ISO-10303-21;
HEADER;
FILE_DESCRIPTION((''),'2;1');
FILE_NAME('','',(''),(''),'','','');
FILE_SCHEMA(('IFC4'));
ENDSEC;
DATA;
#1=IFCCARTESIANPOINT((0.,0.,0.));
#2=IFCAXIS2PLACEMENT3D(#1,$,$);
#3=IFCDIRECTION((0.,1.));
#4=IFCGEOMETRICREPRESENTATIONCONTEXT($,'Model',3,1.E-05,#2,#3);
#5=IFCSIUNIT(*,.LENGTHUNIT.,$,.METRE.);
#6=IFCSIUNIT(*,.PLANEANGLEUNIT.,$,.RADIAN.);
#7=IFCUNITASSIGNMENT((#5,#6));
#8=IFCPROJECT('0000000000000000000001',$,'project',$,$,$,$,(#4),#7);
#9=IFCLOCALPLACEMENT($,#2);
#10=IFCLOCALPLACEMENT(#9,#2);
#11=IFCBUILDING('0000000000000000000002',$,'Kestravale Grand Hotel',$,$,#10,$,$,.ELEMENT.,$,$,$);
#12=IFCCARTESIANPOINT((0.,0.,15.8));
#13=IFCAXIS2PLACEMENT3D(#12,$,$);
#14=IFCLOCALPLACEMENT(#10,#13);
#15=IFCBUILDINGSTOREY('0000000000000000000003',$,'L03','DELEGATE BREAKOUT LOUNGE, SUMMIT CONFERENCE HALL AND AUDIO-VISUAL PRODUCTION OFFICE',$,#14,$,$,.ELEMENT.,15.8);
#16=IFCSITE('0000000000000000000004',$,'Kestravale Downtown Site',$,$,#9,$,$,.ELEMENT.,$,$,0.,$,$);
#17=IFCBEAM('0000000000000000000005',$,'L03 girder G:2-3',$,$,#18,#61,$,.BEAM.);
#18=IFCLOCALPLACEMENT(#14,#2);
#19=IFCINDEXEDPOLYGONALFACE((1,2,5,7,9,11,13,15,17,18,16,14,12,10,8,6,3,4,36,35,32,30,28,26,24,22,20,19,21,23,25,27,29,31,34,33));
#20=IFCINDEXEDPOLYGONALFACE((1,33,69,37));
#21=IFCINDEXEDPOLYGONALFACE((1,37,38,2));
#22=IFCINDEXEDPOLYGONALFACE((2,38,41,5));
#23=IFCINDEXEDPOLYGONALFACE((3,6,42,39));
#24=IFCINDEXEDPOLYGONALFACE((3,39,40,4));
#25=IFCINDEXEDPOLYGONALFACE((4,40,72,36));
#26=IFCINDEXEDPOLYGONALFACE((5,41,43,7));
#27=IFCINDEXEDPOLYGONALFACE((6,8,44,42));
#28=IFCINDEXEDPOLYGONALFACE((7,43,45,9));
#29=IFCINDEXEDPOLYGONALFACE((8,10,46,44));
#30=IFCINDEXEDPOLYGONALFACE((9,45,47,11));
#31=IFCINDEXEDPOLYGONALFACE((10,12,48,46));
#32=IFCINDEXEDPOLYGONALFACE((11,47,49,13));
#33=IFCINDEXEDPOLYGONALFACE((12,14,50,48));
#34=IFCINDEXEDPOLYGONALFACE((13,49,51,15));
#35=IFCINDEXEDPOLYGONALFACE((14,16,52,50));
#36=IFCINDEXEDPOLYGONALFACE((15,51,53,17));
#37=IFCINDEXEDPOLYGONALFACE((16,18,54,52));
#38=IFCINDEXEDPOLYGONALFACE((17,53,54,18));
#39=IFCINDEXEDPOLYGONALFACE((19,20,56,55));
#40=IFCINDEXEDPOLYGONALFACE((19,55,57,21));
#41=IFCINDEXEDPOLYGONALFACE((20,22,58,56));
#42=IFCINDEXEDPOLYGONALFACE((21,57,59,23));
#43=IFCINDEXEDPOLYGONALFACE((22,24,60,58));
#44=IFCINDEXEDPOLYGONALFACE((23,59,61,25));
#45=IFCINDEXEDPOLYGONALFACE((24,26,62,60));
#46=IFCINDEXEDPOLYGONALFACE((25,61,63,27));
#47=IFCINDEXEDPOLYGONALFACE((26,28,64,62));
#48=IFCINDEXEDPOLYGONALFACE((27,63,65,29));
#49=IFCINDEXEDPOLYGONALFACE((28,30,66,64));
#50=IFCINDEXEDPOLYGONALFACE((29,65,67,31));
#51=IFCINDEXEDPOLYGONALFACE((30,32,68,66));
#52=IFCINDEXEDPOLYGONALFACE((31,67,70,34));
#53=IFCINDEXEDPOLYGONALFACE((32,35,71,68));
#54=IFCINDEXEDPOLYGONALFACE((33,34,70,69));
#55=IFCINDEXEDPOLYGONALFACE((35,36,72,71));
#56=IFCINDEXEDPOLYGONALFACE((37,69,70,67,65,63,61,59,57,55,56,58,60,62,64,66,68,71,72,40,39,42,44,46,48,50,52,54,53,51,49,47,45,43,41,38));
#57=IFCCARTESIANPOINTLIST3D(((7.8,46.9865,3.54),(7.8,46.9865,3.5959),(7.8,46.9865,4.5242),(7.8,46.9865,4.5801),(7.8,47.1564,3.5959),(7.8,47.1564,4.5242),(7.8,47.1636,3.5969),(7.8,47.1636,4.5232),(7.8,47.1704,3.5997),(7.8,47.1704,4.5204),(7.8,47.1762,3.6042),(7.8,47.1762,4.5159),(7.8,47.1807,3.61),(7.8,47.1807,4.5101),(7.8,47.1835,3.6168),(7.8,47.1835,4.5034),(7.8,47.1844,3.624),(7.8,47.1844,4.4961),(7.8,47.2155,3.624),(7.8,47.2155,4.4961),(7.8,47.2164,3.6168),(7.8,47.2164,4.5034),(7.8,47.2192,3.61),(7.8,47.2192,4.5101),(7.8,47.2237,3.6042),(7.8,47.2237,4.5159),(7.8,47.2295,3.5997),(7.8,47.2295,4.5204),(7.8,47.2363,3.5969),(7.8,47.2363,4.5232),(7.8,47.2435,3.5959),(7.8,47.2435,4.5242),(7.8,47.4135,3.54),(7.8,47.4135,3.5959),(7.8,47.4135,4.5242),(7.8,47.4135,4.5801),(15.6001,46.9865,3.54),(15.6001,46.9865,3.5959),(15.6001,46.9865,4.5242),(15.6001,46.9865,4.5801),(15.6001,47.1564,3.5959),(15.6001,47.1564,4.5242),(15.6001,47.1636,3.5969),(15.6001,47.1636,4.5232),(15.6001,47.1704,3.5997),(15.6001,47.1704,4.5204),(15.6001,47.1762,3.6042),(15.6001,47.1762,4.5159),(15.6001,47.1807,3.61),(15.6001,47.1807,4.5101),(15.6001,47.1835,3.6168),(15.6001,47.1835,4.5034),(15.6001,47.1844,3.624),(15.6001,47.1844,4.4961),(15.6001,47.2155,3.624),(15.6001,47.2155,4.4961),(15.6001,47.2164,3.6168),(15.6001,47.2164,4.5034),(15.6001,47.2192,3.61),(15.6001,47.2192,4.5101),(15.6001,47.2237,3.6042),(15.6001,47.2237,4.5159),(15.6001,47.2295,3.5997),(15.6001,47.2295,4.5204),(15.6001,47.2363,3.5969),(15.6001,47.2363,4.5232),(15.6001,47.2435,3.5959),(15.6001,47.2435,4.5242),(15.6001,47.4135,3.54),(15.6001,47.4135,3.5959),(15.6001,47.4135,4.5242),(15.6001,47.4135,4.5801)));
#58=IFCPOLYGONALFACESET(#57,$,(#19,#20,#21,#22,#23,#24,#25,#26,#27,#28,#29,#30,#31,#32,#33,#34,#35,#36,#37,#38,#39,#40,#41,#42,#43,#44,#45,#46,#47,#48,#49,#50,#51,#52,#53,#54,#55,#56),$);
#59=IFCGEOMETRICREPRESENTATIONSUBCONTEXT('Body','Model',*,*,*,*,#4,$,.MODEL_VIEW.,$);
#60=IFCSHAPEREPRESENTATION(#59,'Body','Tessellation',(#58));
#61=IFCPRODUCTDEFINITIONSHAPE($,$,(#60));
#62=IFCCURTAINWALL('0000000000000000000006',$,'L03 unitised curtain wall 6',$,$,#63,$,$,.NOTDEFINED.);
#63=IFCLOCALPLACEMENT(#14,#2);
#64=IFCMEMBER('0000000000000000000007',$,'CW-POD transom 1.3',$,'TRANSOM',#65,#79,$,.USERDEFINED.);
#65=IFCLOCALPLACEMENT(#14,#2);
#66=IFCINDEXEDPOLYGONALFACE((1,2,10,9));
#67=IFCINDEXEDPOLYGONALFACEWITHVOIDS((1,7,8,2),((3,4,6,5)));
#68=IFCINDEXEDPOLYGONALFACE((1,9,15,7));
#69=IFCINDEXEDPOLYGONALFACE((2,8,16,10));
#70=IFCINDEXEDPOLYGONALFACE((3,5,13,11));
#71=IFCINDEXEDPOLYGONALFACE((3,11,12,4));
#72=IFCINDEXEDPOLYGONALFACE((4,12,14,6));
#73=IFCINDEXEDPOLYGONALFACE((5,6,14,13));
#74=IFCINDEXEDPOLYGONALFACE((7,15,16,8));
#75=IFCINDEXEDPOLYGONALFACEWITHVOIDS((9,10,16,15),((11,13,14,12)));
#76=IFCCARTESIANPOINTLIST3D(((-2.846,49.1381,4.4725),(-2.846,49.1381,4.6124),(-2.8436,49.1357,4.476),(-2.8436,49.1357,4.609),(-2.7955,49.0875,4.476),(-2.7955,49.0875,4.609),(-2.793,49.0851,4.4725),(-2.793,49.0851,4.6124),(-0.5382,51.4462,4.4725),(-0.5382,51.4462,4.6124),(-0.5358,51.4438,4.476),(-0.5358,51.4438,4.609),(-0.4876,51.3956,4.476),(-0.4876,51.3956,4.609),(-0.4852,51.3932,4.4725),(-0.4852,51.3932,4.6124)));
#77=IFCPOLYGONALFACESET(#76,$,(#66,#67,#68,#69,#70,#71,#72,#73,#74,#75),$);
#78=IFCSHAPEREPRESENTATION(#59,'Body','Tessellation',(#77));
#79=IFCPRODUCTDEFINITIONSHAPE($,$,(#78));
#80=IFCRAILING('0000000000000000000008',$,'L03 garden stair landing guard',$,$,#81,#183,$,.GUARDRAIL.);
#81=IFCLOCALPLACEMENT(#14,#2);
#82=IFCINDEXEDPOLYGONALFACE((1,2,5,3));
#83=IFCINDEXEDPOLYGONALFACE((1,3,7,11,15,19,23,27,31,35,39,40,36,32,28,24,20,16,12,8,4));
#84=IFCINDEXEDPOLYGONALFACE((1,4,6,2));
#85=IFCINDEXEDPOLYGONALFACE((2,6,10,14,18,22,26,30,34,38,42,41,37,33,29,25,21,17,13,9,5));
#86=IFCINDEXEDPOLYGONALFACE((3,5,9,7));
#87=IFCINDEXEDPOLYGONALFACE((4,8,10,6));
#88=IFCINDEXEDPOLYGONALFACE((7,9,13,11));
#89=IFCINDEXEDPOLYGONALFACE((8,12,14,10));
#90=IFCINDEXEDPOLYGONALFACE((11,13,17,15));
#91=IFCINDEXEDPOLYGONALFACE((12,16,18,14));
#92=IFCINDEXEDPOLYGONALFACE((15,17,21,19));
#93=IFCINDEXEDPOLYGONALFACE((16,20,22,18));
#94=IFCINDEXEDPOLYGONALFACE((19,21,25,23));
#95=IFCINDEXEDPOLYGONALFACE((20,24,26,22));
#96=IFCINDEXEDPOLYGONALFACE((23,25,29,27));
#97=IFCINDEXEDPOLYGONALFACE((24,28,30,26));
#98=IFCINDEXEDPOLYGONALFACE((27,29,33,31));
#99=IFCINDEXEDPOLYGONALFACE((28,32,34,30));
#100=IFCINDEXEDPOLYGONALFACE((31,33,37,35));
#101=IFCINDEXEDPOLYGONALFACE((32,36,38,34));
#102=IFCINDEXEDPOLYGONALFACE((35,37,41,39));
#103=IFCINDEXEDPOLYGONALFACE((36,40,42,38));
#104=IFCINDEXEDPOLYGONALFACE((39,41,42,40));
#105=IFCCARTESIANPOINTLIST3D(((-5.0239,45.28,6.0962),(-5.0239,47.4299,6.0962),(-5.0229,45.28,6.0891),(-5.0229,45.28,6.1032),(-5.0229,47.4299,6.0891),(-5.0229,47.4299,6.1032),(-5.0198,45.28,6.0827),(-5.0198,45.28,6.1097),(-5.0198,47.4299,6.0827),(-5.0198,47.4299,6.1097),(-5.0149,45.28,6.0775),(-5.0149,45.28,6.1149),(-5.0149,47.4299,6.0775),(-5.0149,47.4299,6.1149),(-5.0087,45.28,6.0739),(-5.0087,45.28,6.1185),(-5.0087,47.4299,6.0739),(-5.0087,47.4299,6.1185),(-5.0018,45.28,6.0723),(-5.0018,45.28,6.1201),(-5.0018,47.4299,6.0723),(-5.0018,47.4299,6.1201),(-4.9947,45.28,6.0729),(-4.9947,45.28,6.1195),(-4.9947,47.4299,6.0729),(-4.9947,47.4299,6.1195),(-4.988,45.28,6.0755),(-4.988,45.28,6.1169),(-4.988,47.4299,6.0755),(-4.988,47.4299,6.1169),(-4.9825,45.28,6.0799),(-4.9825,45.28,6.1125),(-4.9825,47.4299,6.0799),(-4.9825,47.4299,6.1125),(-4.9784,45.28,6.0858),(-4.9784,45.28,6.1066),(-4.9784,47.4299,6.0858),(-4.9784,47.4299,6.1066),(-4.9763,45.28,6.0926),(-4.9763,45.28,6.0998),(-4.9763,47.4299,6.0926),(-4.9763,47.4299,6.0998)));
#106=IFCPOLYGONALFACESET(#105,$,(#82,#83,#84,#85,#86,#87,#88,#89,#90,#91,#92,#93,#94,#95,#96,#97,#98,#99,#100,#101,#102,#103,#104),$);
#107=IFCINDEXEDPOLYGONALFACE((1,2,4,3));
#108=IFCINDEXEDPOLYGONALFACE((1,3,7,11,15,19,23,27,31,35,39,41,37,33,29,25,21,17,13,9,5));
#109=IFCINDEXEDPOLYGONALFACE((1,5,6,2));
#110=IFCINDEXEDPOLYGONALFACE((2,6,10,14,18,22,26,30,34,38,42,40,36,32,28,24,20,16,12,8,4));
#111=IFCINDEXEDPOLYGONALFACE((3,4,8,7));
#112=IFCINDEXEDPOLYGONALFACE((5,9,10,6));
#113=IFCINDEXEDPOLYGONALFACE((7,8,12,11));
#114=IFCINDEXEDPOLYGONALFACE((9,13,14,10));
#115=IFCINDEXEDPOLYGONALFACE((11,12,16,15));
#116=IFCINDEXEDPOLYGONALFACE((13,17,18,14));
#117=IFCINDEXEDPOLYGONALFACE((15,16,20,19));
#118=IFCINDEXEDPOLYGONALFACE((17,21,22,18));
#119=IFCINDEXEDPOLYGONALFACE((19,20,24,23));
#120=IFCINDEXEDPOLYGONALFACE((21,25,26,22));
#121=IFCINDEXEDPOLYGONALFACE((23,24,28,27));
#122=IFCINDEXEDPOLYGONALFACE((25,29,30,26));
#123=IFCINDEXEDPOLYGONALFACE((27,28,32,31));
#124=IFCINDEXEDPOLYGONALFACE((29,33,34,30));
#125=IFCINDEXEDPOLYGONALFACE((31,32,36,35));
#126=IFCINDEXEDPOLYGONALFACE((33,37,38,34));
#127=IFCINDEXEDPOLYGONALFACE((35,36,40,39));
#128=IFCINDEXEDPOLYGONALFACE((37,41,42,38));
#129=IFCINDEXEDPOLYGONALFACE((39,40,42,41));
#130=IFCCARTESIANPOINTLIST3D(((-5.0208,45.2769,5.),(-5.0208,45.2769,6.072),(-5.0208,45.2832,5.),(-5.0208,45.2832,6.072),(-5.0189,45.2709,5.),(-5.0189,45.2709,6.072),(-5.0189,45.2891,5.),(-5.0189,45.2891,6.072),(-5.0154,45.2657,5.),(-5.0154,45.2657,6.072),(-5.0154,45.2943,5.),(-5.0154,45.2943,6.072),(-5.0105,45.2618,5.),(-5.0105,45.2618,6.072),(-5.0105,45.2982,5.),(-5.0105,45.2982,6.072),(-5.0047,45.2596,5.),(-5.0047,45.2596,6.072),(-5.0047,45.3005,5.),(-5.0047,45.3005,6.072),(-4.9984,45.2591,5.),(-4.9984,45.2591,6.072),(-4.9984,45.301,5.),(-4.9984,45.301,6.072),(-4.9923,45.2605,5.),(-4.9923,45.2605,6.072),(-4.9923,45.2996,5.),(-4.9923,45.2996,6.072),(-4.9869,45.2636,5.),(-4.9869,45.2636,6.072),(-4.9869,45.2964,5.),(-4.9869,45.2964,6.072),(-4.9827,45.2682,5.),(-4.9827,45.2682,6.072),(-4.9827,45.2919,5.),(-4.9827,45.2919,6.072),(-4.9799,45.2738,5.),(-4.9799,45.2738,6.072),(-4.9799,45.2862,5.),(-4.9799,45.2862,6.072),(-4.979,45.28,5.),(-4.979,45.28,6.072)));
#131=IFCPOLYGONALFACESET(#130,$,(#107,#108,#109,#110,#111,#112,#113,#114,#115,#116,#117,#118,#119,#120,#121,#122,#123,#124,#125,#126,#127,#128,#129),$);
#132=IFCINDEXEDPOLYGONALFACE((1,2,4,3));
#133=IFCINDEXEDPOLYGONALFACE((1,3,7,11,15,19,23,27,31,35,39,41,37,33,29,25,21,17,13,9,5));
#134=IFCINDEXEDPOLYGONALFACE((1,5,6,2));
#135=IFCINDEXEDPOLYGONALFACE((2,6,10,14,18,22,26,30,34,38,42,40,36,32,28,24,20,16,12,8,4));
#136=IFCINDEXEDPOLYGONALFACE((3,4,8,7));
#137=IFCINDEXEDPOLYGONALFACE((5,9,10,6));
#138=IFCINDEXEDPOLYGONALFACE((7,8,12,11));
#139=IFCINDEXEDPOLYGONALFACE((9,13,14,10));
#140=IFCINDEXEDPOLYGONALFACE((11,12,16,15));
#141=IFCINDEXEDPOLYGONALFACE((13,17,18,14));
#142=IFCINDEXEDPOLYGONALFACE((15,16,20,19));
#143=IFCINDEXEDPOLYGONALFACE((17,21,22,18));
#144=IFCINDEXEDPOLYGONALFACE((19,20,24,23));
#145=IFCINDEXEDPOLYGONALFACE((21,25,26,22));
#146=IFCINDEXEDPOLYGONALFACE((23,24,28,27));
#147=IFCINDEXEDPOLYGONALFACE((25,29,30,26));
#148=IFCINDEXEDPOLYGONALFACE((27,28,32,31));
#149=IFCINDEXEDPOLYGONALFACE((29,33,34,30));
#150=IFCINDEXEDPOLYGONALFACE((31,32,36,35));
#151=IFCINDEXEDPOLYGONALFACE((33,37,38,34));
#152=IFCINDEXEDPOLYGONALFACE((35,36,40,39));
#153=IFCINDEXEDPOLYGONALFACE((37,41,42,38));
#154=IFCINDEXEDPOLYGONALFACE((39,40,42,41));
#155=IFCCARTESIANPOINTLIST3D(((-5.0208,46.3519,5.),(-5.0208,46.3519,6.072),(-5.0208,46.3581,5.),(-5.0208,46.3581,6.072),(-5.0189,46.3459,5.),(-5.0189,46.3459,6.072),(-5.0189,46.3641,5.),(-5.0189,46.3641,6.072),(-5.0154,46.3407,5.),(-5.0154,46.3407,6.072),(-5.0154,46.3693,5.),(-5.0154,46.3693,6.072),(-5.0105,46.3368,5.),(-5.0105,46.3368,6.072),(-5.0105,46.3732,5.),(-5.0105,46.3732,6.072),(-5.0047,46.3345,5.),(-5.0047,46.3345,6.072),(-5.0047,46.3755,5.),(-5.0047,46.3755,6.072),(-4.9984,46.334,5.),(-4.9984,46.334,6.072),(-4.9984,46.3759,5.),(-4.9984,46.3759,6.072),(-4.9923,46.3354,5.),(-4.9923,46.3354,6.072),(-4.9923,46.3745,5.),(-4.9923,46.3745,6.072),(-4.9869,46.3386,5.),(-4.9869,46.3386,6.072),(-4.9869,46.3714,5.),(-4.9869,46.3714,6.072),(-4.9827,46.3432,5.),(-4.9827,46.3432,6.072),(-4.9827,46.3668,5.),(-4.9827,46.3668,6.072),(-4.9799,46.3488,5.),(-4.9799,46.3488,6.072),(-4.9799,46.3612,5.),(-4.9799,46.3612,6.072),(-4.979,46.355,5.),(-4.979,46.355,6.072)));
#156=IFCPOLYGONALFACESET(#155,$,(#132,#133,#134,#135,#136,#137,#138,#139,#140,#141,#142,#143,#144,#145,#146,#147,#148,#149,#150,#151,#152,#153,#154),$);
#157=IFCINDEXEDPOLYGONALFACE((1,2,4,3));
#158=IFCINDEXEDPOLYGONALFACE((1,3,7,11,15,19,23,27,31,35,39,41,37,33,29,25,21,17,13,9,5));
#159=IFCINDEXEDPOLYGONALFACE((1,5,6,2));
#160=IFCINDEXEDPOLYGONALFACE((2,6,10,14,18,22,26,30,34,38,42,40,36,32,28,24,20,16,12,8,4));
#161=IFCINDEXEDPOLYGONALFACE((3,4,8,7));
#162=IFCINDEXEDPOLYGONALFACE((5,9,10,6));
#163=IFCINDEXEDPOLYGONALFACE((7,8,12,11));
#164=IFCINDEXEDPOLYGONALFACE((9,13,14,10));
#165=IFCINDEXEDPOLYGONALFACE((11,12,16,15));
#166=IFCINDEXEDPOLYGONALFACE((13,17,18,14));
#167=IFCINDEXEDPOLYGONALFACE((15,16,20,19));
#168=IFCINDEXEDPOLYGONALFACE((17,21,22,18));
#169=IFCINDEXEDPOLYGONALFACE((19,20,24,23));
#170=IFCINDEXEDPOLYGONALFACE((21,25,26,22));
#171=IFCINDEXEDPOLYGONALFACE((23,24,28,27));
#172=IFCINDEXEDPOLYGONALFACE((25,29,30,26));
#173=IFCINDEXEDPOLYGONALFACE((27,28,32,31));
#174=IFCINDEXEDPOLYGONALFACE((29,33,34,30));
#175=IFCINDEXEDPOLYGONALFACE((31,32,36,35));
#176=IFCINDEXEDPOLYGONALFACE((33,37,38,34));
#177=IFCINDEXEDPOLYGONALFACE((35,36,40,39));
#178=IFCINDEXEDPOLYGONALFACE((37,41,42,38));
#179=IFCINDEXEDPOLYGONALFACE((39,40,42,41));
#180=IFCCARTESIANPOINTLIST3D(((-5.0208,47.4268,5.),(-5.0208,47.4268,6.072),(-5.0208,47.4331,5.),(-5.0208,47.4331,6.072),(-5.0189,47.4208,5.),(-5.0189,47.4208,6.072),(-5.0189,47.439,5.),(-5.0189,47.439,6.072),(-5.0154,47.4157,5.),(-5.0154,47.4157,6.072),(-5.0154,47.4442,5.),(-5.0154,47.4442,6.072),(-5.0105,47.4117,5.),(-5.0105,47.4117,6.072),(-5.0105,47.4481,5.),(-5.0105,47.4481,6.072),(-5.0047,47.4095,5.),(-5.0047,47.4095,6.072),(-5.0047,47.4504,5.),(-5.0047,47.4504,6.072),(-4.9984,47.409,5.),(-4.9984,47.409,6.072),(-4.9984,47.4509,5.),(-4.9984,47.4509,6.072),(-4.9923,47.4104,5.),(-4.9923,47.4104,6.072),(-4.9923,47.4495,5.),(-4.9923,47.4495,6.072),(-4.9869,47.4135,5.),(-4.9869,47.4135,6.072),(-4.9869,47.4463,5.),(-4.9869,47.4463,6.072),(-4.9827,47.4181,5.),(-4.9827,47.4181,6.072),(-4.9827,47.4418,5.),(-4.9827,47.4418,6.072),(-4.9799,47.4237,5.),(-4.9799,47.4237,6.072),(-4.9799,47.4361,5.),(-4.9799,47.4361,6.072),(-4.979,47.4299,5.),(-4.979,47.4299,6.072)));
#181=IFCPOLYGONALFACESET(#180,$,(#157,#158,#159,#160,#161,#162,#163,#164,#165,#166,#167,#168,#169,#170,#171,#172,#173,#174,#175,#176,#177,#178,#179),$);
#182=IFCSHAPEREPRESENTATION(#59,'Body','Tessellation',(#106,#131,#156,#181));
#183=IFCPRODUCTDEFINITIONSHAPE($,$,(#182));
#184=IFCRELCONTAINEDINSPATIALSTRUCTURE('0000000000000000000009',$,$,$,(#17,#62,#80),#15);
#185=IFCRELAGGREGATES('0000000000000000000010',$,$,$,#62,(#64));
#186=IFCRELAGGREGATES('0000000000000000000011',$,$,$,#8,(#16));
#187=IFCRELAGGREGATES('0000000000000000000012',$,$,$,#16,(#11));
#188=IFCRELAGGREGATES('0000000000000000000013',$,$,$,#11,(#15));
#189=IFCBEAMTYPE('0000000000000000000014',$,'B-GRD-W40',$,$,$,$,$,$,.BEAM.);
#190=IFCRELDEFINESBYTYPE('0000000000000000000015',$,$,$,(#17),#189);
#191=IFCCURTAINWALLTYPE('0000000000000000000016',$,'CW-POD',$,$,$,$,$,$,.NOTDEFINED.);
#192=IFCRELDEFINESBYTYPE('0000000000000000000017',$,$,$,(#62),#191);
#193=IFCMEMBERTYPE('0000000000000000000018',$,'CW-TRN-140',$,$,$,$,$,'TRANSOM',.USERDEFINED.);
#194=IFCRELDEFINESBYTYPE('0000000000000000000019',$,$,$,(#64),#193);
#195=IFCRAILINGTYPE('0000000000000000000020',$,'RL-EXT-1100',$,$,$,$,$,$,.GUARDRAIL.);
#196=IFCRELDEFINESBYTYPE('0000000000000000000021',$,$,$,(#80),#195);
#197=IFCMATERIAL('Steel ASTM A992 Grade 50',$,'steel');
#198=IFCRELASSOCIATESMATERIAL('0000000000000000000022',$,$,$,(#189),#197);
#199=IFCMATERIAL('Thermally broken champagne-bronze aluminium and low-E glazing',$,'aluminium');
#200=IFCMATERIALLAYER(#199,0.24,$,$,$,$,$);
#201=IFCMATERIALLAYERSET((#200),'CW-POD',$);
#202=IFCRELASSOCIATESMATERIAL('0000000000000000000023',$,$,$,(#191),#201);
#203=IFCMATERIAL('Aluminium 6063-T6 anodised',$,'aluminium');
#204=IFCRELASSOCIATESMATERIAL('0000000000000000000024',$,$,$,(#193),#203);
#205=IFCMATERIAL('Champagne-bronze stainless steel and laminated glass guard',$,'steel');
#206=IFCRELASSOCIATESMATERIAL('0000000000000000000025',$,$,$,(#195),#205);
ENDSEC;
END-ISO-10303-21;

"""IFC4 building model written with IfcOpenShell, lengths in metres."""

from ifc_helpers import new_model, si_unit, direction, frame, origin, origin_2d, place, context, subcontext, project, spatial, hollow_rectangle, circle, i_section, extrude, material, layer, layer_set, material_profile, profile_set, type_object, element, aggregate, save


model = new_model("IFC4")

# Units and contexts
model_context = context("Model", 3, precision=1e-05, world=origin(), true_north=direction((0.0, 1.0)))
body_context = subcontext(model_context, "Body", "Model", "MODEL_VIEW")
ifc_project = project(units=[si_unit("LENGTHUNIT", "METRE"), si_unit("PLANEANGLEUNIT", "RADIAN")], contexts=[model_context])

# Site, building, storey
site_placement = place(None, origin())
site = spatial("IfcSite", under=ifc_project, at=site_placement, Name="Kestravale Downtown Site", CompositionType="ELEMENT", RefElevation=0.0)
building_placement = place(site_placement, origin())
building = spatial("IfcBuilding", under=site, at=building_placement, Name="Kestravale Grand Hotel", CompositionType="ELEMENT")
storey_placement = place(building_placement, frame((0.0, 0.0, 15.8)))
storey = spatial("IfcBuildingStorey", under=building, at=storey_placement, Name="L03", Description="DELEGATE BREAKOUT LOUNGE, SUMMIT CONFERENCE HALL AND AUDIO-VISUAL PRODUCTION OFFICE", CompositionType="ELEMENT", Elevation=15.8)

# Beam
ifc_material_1 = material(Name="Steel ASTM A992 Grade 50", Category="steel")
ifc_material_profile_1 = material_profile(ifc_material_1, i_section(OverallWidth=0.427, OverallDepth=1.04, WebThickness=0.031, FlangeThickness=0.0559, FilletRadius=0.0281, at=origin_2d()))
ifc_profile_set_1 = profile_set([ifc_material_profile_1], Name="Steel ASTM A992 Grade 50")
beam_type_1 = type_object("IfcBeamType", Name="B-GRD-W40", PredefinedType="BEAM", material=ifc_profile_set_1)
beam_1_placement = place(storey_placement, frame((7.8, 47.2, 4.0601), z_axis=(1.0, 0.0, 0.0), x_axis=(0.0, 1.0, 0.0)))
element("IfcBeam", 1, at=beam_1_placement, inside=storey, type_object=beam_type_1, Name="L03 girder G:2-3", PredefinedType="BEAM", context=body_context, shape_type="SweptSolid", body=[
    extrude(i_section(OverallWidth=0.427, OverallDepth=1.04, WebThickness=0.031, FlangeThickness=0.0559, FilletRadius=0.0281, at=origin_2d()), origin(), (0.0, 0.0, 1.0), 7.8),
])

# Curtain wall, member
ifc_material_2 = material(Name="Thermally broken champagne-bronze aluminium and low-E glazing", Category="aluminium")
ifc_layer = layer(ifc_material_2, 0.24)
ifc_layer_set = layer_set([ifc_layer], Name="CW-POD")
curtain_wall_type = type_object("IfcCurtainWallType", Name="CW-POD", PredefinedType="NOTDEFINED", material=ifc_layer_set)
curtain_wall_placement = place(storey_placement, origin())
curtain_wall = element("IfcCurtainWall", 2, at=curtain_wall_placement, inside=storey, type_object=curtain_wall_type, Name="L03 unitised curtain wall 6", PredefinedType="NOTDEFINED")
ifc_material_3 = material(Name="Aluminium 6063-T6 anodised", Category="aluminium")
ifc_material_profile_2 = material_profile(ifc_material_3, hollow_rectangle(XDim=0.075, YDim=0.1399, WallThickness=0.0034, at=origin_2d()))
ifc_profile_set_2 = profile_set([ifc_material_profile_2], Name="Aluminium 6063-T6 anodised")
member_type = type_object("IfcMemberType", Name="CW-TRN-140", ElementType="TRANSOM", PredefinedType="USERDEFINED", material=ifc_profile_set_2)
member_placement = place(storey_placement, frame((-0.5117, 51.4197, 4.5425), z_axis=(-0.707069, -0.707144, 0.0), x_axis=(0.707144, -0.707069, 0.0)))
member = element("IfcMember", 3, at=member_placement, type_object=member_type, Name="CW-POD transom 1.3", ObjectType="TRANSOM", PredefinedType="USERDEFINED", context=body_context, shape_type="SweptSolid", body=[
    extrude(hollow_rectangle(XDim=0.075, YDim=0.1399, WallThickness=0.0034, at=origin_2d()), origin(), (0.0, 0.0, 1.0), 3.2639),
])
aggregate(curtain_wall, [member])

# Railing
ifc_material_4 = material(Name="Champagne-bronze stainless steel and laminated glass guard", Category="steel")
railing_type = type_object("IfcRailingType", Name="RL-EXT-1100", PredefinedType="GUARDRAIL", material=ifc_material_4)
railing_1_placement = place(storey_placement, frame((-5.0, 45.28, 5.0)))
element("IfcRailing", 4, at=railing_1_placement, inside=storey, type_object=railing_type, Name="L03 garden stair landing guard", PredefinedType="GUARDRAIL", context=body_context, shape_type="SweptSolid", body=[
    extrude(circle(Radius=0.0239, at=origin_2d()), frame((0.0, 0.0, 1.0962), z_axis=(0.0, 1.0, 0.0), x_axis=(-1.0, 0.0, 0.0)), (0.0, 0.0, 1.0), 2.1499),
    extrude(circle(Radius=0.021, at=origin_2d()), origin(), (0.0, 0.0, 1.0), 1.072),
    extrude(circle(Radius=0.021, at=origin_2d()), frame((0.0, 1.075, 0.0)), (0.0, 0.0, 1.0), 1.072),
    extrude(circle(Radius=0.021, at=origin_2d()), frame((0.0, 2.1499, 0.0)), (0.0, 0.0, 1.0), 1.072),
])

save(model, "model.ifc")
